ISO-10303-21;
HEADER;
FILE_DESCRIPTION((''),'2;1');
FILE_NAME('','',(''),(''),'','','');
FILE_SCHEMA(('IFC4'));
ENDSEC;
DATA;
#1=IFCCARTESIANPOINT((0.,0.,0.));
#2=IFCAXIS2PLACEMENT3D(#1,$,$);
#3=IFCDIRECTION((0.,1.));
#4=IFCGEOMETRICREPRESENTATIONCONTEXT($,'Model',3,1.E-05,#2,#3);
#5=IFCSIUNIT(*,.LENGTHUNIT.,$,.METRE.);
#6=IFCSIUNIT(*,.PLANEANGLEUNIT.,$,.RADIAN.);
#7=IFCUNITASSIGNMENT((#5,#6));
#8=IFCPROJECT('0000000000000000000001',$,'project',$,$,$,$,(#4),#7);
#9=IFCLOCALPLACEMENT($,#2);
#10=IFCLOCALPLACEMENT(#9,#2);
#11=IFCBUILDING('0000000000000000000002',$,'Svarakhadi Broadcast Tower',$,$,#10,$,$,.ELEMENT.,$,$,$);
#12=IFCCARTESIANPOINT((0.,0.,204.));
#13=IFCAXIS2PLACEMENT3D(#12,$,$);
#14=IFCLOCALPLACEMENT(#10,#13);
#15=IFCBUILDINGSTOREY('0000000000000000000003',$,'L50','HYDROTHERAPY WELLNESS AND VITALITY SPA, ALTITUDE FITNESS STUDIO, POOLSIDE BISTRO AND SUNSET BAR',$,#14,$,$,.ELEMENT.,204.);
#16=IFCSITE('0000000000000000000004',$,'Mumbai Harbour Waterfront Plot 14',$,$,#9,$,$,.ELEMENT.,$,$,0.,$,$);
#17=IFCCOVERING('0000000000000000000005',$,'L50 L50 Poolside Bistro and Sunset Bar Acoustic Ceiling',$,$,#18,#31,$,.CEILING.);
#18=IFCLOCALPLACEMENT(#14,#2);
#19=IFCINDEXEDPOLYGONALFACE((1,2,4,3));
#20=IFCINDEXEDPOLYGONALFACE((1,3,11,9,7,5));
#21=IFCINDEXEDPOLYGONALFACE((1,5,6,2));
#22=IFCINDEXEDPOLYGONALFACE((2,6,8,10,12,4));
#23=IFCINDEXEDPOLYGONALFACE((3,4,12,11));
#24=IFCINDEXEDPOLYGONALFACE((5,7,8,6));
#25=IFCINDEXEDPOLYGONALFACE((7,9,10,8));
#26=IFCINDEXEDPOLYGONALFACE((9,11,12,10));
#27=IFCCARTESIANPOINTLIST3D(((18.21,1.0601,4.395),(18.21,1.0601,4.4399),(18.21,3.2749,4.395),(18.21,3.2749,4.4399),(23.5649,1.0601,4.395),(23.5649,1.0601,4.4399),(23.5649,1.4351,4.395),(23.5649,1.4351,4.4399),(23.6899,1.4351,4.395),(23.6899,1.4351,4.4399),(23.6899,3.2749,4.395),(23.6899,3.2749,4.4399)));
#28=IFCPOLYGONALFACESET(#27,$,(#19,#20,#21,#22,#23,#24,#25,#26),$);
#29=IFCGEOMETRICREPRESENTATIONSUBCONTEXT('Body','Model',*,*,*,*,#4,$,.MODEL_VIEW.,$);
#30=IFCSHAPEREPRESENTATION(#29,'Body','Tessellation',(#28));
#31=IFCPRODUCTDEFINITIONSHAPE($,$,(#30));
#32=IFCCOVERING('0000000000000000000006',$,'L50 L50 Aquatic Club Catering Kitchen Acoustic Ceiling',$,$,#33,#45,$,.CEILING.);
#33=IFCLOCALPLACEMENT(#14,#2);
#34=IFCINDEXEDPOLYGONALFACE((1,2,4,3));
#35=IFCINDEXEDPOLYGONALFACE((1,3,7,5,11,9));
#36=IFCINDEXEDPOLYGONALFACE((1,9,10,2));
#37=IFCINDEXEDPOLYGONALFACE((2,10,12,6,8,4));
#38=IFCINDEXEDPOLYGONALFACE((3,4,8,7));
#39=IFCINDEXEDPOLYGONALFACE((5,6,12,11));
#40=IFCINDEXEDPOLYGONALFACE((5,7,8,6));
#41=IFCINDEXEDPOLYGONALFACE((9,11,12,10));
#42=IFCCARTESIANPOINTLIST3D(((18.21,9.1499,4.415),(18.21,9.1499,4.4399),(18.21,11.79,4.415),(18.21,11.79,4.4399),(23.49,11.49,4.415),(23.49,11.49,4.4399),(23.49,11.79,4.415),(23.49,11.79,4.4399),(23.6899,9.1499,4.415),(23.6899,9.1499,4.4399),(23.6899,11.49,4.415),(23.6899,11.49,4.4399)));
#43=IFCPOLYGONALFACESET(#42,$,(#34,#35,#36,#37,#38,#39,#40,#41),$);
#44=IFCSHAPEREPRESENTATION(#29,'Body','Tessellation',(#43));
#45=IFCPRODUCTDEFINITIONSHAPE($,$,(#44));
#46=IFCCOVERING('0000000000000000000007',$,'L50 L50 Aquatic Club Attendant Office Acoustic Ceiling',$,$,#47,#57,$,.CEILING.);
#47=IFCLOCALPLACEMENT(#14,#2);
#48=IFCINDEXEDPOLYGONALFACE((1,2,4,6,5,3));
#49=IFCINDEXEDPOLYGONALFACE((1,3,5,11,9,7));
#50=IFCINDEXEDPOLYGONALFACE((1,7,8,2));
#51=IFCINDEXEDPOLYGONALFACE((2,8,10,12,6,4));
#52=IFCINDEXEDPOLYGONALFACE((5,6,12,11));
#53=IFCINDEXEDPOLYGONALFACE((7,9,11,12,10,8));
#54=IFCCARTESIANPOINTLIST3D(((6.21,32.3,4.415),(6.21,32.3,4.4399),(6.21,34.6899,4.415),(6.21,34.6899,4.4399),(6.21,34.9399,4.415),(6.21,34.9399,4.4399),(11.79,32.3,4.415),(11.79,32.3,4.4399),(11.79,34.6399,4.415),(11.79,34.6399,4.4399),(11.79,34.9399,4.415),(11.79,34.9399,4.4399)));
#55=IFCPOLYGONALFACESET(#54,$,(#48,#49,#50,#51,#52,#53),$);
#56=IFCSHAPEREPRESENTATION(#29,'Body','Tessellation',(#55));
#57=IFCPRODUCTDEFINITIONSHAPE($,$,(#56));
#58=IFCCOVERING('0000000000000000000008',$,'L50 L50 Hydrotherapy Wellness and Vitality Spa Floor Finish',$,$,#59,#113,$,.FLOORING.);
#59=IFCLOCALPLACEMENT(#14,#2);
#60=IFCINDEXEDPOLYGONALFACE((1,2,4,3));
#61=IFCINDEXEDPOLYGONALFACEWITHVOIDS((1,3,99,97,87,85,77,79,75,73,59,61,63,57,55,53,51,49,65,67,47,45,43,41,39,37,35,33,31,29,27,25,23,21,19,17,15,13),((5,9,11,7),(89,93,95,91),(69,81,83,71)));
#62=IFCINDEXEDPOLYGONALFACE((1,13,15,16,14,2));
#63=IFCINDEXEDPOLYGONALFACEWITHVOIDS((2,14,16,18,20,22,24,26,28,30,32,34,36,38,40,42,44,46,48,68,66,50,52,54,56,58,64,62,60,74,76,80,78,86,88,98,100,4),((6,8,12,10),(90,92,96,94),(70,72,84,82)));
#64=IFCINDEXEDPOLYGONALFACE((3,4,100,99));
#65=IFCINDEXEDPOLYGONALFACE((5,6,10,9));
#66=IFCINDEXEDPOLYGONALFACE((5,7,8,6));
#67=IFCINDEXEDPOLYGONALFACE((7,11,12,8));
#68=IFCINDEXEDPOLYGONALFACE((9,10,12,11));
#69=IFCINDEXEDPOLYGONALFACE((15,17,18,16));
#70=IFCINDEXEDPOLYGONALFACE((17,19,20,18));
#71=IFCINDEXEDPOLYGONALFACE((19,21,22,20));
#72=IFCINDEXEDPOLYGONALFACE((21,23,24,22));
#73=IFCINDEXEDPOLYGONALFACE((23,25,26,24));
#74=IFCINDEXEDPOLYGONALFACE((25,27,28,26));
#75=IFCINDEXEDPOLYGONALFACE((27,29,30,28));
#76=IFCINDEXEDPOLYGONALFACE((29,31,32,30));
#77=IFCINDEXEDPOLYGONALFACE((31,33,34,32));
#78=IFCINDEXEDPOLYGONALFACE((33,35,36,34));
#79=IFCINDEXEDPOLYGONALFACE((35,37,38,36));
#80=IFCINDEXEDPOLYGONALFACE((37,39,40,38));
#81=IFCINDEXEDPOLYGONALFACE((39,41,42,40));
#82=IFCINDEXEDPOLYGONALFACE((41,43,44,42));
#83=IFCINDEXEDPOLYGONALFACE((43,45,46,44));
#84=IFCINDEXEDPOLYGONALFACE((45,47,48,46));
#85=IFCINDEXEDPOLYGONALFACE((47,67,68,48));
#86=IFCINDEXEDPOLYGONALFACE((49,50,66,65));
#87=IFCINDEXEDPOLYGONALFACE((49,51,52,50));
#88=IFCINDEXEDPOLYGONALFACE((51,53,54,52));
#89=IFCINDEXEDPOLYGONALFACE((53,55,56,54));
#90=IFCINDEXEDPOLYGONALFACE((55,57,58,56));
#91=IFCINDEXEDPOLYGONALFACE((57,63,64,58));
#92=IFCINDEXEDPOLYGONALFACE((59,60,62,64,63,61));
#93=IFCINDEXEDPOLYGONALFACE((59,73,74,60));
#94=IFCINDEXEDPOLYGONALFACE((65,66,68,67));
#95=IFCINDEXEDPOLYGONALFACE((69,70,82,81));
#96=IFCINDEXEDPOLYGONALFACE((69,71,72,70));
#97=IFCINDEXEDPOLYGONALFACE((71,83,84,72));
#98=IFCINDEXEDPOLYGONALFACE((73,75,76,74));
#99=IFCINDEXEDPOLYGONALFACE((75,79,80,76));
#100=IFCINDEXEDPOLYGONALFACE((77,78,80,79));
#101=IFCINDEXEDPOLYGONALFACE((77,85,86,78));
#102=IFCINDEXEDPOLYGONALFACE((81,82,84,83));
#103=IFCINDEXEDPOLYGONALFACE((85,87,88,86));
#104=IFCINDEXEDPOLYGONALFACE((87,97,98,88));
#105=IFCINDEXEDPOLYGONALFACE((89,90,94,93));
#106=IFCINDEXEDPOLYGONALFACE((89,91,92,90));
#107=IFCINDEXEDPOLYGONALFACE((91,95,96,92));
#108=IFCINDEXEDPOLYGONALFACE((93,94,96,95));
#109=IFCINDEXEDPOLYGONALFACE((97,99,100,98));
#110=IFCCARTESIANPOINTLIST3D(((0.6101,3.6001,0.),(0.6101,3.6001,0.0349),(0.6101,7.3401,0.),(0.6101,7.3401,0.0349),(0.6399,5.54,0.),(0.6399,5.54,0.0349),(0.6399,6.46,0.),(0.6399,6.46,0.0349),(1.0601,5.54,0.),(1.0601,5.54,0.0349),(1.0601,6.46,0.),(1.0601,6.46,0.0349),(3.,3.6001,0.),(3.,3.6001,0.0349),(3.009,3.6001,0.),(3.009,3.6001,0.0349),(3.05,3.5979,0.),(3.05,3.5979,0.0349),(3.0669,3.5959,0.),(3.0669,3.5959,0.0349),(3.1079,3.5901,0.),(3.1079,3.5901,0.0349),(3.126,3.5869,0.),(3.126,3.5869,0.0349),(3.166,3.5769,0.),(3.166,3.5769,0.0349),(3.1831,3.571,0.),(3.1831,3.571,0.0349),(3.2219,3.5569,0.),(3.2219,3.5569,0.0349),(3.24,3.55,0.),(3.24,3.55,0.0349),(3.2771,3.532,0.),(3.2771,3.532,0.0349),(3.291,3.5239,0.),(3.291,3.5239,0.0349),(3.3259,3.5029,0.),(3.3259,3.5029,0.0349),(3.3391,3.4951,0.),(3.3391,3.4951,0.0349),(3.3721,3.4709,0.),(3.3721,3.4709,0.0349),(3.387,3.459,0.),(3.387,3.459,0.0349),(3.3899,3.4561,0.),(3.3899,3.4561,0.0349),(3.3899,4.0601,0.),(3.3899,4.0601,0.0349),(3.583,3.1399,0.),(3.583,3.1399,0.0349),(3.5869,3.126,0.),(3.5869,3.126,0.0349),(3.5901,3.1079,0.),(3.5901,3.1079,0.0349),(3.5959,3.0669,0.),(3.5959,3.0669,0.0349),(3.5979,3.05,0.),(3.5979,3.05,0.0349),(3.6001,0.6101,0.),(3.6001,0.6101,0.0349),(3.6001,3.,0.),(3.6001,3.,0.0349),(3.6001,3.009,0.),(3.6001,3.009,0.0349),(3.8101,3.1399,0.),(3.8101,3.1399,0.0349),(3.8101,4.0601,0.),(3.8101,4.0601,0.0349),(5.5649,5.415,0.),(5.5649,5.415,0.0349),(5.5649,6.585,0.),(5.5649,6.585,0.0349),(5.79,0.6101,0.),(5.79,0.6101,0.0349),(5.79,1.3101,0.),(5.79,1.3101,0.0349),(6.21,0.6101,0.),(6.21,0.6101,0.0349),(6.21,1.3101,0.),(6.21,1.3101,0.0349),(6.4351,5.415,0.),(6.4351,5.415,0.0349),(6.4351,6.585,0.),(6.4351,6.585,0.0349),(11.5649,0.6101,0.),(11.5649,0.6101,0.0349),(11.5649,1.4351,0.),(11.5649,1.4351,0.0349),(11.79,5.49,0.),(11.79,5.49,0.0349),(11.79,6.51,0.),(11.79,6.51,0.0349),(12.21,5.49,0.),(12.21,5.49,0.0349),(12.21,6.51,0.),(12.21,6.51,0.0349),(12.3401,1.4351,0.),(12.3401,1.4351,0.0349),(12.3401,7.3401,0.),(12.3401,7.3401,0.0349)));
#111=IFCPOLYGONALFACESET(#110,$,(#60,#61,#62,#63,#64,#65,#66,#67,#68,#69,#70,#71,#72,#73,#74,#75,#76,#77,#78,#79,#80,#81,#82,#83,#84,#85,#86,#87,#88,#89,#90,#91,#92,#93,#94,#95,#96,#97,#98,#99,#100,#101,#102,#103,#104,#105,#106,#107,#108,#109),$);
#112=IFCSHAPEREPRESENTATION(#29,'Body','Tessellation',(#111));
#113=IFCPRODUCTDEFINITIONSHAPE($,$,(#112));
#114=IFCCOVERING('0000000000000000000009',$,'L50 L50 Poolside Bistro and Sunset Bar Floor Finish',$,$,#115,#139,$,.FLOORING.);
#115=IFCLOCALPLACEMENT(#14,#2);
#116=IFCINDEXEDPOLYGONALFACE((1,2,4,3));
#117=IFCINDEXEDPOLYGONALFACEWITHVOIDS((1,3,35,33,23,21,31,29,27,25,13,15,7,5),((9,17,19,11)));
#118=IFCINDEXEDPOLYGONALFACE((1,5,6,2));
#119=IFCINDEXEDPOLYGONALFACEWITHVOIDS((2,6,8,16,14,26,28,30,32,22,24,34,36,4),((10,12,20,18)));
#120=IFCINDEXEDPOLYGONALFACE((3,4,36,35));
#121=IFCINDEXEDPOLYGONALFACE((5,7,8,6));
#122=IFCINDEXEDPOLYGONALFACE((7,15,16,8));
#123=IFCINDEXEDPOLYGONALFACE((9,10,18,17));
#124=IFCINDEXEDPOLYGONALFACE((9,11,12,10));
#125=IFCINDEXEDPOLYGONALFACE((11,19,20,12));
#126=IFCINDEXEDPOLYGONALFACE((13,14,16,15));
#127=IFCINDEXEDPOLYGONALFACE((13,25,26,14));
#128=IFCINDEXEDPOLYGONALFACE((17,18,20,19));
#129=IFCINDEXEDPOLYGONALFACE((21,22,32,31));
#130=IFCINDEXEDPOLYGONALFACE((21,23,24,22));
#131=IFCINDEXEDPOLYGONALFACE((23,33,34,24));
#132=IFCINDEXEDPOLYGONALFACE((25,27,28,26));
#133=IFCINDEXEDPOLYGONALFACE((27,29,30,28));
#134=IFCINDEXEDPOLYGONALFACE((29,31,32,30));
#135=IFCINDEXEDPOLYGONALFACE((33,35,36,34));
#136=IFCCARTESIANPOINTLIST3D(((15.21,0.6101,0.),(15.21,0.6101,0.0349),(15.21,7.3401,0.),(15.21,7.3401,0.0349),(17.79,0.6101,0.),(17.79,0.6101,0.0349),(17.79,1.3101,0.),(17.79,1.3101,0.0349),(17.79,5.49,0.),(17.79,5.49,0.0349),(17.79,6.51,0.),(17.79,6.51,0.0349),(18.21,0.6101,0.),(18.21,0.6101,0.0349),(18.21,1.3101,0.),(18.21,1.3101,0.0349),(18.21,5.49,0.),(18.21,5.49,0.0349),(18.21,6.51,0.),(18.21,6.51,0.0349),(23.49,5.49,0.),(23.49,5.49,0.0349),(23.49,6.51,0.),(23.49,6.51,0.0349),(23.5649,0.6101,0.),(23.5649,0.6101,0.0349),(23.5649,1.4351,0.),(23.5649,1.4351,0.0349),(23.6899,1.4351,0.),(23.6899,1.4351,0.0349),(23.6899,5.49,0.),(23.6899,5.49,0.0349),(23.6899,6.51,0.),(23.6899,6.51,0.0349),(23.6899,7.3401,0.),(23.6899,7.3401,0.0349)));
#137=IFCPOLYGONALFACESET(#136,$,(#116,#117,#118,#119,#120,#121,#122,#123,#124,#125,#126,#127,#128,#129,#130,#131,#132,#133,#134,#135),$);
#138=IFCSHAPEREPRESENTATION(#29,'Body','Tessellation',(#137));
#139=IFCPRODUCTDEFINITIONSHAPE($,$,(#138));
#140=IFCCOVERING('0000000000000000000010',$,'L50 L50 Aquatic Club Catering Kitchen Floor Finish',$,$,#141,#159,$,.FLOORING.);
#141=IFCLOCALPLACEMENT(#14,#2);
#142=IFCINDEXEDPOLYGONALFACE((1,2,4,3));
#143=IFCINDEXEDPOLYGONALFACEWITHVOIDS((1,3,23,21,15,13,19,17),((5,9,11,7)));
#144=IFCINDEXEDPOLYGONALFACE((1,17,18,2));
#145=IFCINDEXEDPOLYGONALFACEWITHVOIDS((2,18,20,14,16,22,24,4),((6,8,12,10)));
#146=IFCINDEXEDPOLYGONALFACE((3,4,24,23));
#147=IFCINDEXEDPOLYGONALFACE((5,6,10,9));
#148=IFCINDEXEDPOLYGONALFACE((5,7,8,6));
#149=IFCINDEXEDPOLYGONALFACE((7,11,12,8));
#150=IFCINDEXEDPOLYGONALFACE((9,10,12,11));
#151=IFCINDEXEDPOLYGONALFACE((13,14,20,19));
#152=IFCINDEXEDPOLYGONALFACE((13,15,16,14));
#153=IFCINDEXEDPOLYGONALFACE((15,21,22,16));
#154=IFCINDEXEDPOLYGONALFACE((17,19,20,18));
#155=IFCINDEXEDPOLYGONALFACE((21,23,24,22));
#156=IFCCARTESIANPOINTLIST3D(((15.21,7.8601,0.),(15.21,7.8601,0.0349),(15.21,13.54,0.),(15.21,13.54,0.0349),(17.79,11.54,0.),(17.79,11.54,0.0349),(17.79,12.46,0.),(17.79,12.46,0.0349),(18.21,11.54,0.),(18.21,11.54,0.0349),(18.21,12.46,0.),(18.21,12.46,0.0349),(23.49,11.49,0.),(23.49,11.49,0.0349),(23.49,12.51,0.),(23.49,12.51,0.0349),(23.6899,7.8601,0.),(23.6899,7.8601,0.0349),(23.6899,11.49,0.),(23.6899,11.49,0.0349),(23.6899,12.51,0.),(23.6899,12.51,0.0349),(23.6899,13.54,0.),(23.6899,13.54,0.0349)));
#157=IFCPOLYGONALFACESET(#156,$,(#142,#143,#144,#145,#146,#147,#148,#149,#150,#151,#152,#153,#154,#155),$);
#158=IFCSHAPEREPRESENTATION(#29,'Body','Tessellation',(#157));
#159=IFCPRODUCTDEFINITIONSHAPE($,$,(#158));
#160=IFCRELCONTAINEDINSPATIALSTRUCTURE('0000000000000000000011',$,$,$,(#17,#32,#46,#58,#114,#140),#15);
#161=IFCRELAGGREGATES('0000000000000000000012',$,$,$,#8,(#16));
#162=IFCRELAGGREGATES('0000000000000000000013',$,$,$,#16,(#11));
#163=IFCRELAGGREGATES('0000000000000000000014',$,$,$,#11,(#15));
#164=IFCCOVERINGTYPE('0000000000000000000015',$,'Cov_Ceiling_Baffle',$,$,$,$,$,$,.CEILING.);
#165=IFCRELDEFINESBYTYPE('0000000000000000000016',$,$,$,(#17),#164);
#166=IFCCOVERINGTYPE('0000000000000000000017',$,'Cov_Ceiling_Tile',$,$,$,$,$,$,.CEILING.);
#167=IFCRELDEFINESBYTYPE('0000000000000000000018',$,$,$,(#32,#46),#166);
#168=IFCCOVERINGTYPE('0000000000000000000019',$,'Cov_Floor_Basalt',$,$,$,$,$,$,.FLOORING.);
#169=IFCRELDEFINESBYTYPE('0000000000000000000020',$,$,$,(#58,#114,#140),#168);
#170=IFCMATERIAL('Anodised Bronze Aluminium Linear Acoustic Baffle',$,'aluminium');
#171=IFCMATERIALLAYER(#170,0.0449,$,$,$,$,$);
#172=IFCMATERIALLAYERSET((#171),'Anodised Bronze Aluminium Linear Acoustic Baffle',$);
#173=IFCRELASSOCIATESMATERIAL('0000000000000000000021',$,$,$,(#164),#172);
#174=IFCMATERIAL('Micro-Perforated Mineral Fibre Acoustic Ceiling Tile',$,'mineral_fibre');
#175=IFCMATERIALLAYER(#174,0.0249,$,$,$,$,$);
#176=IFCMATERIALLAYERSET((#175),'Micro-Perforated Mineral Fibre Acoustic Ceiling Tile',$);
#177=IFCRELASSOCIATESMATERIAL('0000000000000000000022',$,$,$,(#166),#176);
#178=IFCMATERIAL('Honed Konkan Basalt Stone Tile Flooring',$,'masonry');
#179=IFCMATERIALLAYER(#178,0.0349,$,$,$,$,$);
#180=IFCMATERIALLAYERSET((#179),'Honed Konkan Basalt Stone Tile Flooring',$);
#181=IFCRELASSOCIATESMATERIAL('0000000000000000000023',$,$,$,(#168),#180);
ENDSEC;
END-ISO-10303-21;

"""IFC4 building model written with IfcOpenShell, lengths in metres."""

from ifc_helpers import new_model, si_unit, direction, frame, origin, place, context, subcontext, project, spatial, polyline, outline, extrude, material, layer, layer_set, type_object, element, save


model = new_model("IFC4")

# Units and contexts
model_context = context("Model", 3, precision=1e-05, world=origin(), true_north=direction((0.0, 1.0)))
body_context = subcontext(model_context, "Body", "Model", "MODEL_VIEW")
ifc_project = project(units=[si_unit("LENGTHUNIT", "METRE"), si_unit("PLANEANGLEUNIT", "RADIAN")], contexts=[model_context])

# Site, building, storey
site_placement = place(None, origin())
site = spatial("IfcSite", under=ifc_project, at=site_placement, Name="Mumbai Harbour Waterfront Plot 14", CompositionType="ELEMENT", RefElevation=0.0)
building_placement = place(site_placement, origin())
building = spatial("IfcBuilding", under=site, at=building_placement, Name="Svarakhadi Broadcast Tower", CompositionType="ELEMENT")
storey_placement = place(building_placement, frame((0.0, 0.0, 204.0)))
storey = spatial("IfcBuildingStorey", under=building, at=storey_placement, Name="L50", Description="HYDROTHERAPY WELLNESS AND VITALITY SPA, ALTITUDE FITNESS STUDIO, POOLSIDE BISTRO AND SUNSET BAR", CompositionType="ELEMENT", Elevation=204.0)

# Coverings
ifc_material_1 = material(Name="Anodised Bronze Aluminium Linear Acoustic Baffle", Category="aluminium")
ifc_layer_1 = layer(ifc_material_1, 0.0449)
ifc_layer_set_1 = layer_set([ifc_layer_1], Name="Anodised Bronze Aluminium Linear Acoustic Baffle")
covering_type_1 = type_object("IfcCoveringType", Name="Cov_Ceiling_Baffle", PredefinedType="CEILING", material=ifc_layer_set_1)
covering_1_placement = place(storey_placement, frame((0.0, 0.0, 4.395)))
element("IfcCovering", 1, at=covering_1_placement, inside=storey, type_object=covering_type_1, Name="L50 L50 Poolside Bistro and Sunset Bar Acoustic Ceiling", PredefinedType="CEILING", context=body_context, shape_type="SweptSolid", body=[
    extrude(outline(polyline([(23.6899, 1.4351), (23.5649, 1.4351), (23.5649, 1.0601), (18.21, 1.0601), (18.21, 3.2749), (23.6899, 3.2749), (23.6899, 1.4351)])), origin(), (0.0, 0.0, 1.0), 0.0449),
])
ifc_material_2 = material(Name="Micro-Perforated Mineral Fibre Acoustic Ceiling Tile", Category="mineral_fibre")
ifc_layer_2 = layer(ifc_material_2, 0.0249)
ifc_layer_set_2 = layer_set([ifc_layer_2], Name="Micro-Perforated Mineral Fibre Acoustic Ceiling Tile")
covering_type_2 = type_object("IfcCoveringType", Name="Cov_Ceiling_Tile", PredefinedType="CEILING", material=ifc_layer_set_2)
covering_2_placement = place(storey_placement, frame((0.0, 0.0, 4.415)))
element("IfcCovering", 2, at=covering_2_placement, inside=storey, type_object=covering_type_2, Name="L50 L50 Aquatic Club Catering Kitchen Acoustic Ceiling", PredefinedType="CEILING", context=body_context, shape_type="SweptSolid", body=[
    extrude(outline(polyline([(23.6899, 9.1499), (18.21, 9.1499), (18.21, 11.79), (23.49, 11.79), (23.49, 11.49), (23.6899, 11.49), (23.6899, 9.1499)])), origin(), (0.0, 0.0, 1.0), 0.0249),
])
covering_3_placement = place(storey_placement, frame((0.0, 0.0, 4.415)))
element("IfcCovering", 3, at=covering_3_placement, inside=storey, type_object=covering_type_2, Name="L50 L50 Aquatic Club Attendant Office Acoustic Ceiling", PredefinedType="CEILING", context=body_context, shape_type="SweptSolid", body=[
    extrude(outline(polyline([(6.21, 34.9399), (11.79, 34.9399), (11.79, 34.6399), (11.79, 32.3), (6.21, 32.3), (6.21, 34.6899), (6.21, 34.9399)])), origin(), (0.0, 0.0, 1.0), 0.0249),
])
ifc_material_3 = material(Name="Honed Konkan Basalt Stone Tile Flooring", Category="masonry")
ifc_layer_3 = layer(ifc_material_3, 0.0349)
ifc_layer_set_3 = layer_set([ifc_layer_3], Name="Honed Konkan Basalt Stone Tile Flooring")
covering_type_3 = type_object("IfcCoveringType", Name="Cov_Floor_Basalt", PredefinedType="FLOORING", material=ifc_layer_set_3)
covering_4_placement = place(storey_placement, origin())
element("IfcCovering", 4, at=covering_4_placement, inside=storey, type_object=covering_type_3, Name="L50 L50 Hydrotherapy Wellness and Vitality Spa Floor Finish", PredefinedType="FLOORING", context=body_context, shape_type="SweptSolid", body=[
    extrude(outline(polyline([(12.3401, 1.4351), (11.5649, 1.4351), (11.5649, 0.6101), (6.21, 0.6101), (6.21, 1.3101), (5.79, 1.3101), (5.79, 0.6101), (3.6001, 0.6101), (3.6001, 3.0), (3.6001, 3.009), (3.5979, 3.05), (3.5959, 3.0669), (3.5901, 3.1079), (3.5869, 3.126), (3.583, 3.1399), (3.8101, 3.1399), (3.8101, 4.0601), (3.3899, 4.0601), (3.3899, 3.4561), (3.387, 3.459), (3.3721, 3.4709), (3.3391, 3.4951), (3.3259, 3.5029), (3.291, 3.5239), (3.2771, 3.532), (3.24, 3.55), (3.2219, 3.5569), (3.1831, 3.571), (3.166, 3.5769), (3.126, 3.5869), (3.1079, 3.5901), (3.0669, 3.5959), (3.05, 3.5979), (3.009, 3.6001), (3.0, 3.6001), (0.6101, 3.6001), (0.6101, 7.3401), (12.3401, 7.3401), (12.3401, 1.4351)]), holes=[polyline([(1.0601, 5.54), (1.0601, 6.46), (0.6399, 6.46), (0.6399, 5.54), (1.0601, 5.54)]), polyline([(5.5649, 5.415), (6.4351, 5.415), (6.4351, 6.585), (5.5649, 6.585), (5.5649, 5.415)]), polyline([(11.79, 5.49), (12.21, 5.49), (12.21, 6.51), (11.79, 6.51), (11.79, 5.49)])]), origin(), (0.0, 0.0, 1.0), 0.0349),
])
covering_5_placement = place(storey_placement, origin())
element("IfcCovering", 5, at=covering_5_placement, inside=storey, type_object=covering_type_3, Name="L50 L50 Poolside Bistro and Sunset Bar Floor Finish", PredefinedType="FLOORING", context=body_context, shape_type="SweptSolid", body=[
    extrude(outline(polyline([(23.6899, 7.3401), (23.6899, 6.51), (23.49, 6.51), (23.49, 5.49), (23.6899, 5.49), (23.6899, 1.4351), (23.5649, 1.4351), (23.5649, 0.6101), (18.21, 0.6101), (18.21, 1.3101), (17.79, 1.3101), (17.79, 0.6101), (15.21, 0.6101), (15.21, 7.3401), (23.6899, 7.3401)]), holes=[polyline([(18.21, 5.49), (18.21, 6.51), (17.79, 6.51), (17.79, 5.49), (18.21, 5.49)])]), origin(), (0.0, 0.0, 1.0), 0.0349),
])
covering_6_placement = place(storey_placement, origin())
element("IfcCovering", 6, at=covering_6_placement, inside=storey, type_object=covering_type_3, Name="L50 L50 Aquatic Club Catering Kitchen Floor Finish", PredefinedType="FLOORING", context=body_context, shape_type="SweptSolid", body=[
    extrude(outline(polyline([(23.6899, 13.54), (23.6899, 12.51), (23.49, 12.51), (23.49, 11.49), (23.6899, 11.49), (23.6899, 7.8601), (15.21, 7.8601), (15.21, 13.54), (23.6899, 13.54)]), holes=[polyline([(17.79, 11.54), (18.21, 11.54), (18.21, 12.46), (17.79, 12.46), (17.79, 11.54)])]), origin(), (0.0, 0.0, 1.0), 0.0349),
])

save(model, "model.ifc")
